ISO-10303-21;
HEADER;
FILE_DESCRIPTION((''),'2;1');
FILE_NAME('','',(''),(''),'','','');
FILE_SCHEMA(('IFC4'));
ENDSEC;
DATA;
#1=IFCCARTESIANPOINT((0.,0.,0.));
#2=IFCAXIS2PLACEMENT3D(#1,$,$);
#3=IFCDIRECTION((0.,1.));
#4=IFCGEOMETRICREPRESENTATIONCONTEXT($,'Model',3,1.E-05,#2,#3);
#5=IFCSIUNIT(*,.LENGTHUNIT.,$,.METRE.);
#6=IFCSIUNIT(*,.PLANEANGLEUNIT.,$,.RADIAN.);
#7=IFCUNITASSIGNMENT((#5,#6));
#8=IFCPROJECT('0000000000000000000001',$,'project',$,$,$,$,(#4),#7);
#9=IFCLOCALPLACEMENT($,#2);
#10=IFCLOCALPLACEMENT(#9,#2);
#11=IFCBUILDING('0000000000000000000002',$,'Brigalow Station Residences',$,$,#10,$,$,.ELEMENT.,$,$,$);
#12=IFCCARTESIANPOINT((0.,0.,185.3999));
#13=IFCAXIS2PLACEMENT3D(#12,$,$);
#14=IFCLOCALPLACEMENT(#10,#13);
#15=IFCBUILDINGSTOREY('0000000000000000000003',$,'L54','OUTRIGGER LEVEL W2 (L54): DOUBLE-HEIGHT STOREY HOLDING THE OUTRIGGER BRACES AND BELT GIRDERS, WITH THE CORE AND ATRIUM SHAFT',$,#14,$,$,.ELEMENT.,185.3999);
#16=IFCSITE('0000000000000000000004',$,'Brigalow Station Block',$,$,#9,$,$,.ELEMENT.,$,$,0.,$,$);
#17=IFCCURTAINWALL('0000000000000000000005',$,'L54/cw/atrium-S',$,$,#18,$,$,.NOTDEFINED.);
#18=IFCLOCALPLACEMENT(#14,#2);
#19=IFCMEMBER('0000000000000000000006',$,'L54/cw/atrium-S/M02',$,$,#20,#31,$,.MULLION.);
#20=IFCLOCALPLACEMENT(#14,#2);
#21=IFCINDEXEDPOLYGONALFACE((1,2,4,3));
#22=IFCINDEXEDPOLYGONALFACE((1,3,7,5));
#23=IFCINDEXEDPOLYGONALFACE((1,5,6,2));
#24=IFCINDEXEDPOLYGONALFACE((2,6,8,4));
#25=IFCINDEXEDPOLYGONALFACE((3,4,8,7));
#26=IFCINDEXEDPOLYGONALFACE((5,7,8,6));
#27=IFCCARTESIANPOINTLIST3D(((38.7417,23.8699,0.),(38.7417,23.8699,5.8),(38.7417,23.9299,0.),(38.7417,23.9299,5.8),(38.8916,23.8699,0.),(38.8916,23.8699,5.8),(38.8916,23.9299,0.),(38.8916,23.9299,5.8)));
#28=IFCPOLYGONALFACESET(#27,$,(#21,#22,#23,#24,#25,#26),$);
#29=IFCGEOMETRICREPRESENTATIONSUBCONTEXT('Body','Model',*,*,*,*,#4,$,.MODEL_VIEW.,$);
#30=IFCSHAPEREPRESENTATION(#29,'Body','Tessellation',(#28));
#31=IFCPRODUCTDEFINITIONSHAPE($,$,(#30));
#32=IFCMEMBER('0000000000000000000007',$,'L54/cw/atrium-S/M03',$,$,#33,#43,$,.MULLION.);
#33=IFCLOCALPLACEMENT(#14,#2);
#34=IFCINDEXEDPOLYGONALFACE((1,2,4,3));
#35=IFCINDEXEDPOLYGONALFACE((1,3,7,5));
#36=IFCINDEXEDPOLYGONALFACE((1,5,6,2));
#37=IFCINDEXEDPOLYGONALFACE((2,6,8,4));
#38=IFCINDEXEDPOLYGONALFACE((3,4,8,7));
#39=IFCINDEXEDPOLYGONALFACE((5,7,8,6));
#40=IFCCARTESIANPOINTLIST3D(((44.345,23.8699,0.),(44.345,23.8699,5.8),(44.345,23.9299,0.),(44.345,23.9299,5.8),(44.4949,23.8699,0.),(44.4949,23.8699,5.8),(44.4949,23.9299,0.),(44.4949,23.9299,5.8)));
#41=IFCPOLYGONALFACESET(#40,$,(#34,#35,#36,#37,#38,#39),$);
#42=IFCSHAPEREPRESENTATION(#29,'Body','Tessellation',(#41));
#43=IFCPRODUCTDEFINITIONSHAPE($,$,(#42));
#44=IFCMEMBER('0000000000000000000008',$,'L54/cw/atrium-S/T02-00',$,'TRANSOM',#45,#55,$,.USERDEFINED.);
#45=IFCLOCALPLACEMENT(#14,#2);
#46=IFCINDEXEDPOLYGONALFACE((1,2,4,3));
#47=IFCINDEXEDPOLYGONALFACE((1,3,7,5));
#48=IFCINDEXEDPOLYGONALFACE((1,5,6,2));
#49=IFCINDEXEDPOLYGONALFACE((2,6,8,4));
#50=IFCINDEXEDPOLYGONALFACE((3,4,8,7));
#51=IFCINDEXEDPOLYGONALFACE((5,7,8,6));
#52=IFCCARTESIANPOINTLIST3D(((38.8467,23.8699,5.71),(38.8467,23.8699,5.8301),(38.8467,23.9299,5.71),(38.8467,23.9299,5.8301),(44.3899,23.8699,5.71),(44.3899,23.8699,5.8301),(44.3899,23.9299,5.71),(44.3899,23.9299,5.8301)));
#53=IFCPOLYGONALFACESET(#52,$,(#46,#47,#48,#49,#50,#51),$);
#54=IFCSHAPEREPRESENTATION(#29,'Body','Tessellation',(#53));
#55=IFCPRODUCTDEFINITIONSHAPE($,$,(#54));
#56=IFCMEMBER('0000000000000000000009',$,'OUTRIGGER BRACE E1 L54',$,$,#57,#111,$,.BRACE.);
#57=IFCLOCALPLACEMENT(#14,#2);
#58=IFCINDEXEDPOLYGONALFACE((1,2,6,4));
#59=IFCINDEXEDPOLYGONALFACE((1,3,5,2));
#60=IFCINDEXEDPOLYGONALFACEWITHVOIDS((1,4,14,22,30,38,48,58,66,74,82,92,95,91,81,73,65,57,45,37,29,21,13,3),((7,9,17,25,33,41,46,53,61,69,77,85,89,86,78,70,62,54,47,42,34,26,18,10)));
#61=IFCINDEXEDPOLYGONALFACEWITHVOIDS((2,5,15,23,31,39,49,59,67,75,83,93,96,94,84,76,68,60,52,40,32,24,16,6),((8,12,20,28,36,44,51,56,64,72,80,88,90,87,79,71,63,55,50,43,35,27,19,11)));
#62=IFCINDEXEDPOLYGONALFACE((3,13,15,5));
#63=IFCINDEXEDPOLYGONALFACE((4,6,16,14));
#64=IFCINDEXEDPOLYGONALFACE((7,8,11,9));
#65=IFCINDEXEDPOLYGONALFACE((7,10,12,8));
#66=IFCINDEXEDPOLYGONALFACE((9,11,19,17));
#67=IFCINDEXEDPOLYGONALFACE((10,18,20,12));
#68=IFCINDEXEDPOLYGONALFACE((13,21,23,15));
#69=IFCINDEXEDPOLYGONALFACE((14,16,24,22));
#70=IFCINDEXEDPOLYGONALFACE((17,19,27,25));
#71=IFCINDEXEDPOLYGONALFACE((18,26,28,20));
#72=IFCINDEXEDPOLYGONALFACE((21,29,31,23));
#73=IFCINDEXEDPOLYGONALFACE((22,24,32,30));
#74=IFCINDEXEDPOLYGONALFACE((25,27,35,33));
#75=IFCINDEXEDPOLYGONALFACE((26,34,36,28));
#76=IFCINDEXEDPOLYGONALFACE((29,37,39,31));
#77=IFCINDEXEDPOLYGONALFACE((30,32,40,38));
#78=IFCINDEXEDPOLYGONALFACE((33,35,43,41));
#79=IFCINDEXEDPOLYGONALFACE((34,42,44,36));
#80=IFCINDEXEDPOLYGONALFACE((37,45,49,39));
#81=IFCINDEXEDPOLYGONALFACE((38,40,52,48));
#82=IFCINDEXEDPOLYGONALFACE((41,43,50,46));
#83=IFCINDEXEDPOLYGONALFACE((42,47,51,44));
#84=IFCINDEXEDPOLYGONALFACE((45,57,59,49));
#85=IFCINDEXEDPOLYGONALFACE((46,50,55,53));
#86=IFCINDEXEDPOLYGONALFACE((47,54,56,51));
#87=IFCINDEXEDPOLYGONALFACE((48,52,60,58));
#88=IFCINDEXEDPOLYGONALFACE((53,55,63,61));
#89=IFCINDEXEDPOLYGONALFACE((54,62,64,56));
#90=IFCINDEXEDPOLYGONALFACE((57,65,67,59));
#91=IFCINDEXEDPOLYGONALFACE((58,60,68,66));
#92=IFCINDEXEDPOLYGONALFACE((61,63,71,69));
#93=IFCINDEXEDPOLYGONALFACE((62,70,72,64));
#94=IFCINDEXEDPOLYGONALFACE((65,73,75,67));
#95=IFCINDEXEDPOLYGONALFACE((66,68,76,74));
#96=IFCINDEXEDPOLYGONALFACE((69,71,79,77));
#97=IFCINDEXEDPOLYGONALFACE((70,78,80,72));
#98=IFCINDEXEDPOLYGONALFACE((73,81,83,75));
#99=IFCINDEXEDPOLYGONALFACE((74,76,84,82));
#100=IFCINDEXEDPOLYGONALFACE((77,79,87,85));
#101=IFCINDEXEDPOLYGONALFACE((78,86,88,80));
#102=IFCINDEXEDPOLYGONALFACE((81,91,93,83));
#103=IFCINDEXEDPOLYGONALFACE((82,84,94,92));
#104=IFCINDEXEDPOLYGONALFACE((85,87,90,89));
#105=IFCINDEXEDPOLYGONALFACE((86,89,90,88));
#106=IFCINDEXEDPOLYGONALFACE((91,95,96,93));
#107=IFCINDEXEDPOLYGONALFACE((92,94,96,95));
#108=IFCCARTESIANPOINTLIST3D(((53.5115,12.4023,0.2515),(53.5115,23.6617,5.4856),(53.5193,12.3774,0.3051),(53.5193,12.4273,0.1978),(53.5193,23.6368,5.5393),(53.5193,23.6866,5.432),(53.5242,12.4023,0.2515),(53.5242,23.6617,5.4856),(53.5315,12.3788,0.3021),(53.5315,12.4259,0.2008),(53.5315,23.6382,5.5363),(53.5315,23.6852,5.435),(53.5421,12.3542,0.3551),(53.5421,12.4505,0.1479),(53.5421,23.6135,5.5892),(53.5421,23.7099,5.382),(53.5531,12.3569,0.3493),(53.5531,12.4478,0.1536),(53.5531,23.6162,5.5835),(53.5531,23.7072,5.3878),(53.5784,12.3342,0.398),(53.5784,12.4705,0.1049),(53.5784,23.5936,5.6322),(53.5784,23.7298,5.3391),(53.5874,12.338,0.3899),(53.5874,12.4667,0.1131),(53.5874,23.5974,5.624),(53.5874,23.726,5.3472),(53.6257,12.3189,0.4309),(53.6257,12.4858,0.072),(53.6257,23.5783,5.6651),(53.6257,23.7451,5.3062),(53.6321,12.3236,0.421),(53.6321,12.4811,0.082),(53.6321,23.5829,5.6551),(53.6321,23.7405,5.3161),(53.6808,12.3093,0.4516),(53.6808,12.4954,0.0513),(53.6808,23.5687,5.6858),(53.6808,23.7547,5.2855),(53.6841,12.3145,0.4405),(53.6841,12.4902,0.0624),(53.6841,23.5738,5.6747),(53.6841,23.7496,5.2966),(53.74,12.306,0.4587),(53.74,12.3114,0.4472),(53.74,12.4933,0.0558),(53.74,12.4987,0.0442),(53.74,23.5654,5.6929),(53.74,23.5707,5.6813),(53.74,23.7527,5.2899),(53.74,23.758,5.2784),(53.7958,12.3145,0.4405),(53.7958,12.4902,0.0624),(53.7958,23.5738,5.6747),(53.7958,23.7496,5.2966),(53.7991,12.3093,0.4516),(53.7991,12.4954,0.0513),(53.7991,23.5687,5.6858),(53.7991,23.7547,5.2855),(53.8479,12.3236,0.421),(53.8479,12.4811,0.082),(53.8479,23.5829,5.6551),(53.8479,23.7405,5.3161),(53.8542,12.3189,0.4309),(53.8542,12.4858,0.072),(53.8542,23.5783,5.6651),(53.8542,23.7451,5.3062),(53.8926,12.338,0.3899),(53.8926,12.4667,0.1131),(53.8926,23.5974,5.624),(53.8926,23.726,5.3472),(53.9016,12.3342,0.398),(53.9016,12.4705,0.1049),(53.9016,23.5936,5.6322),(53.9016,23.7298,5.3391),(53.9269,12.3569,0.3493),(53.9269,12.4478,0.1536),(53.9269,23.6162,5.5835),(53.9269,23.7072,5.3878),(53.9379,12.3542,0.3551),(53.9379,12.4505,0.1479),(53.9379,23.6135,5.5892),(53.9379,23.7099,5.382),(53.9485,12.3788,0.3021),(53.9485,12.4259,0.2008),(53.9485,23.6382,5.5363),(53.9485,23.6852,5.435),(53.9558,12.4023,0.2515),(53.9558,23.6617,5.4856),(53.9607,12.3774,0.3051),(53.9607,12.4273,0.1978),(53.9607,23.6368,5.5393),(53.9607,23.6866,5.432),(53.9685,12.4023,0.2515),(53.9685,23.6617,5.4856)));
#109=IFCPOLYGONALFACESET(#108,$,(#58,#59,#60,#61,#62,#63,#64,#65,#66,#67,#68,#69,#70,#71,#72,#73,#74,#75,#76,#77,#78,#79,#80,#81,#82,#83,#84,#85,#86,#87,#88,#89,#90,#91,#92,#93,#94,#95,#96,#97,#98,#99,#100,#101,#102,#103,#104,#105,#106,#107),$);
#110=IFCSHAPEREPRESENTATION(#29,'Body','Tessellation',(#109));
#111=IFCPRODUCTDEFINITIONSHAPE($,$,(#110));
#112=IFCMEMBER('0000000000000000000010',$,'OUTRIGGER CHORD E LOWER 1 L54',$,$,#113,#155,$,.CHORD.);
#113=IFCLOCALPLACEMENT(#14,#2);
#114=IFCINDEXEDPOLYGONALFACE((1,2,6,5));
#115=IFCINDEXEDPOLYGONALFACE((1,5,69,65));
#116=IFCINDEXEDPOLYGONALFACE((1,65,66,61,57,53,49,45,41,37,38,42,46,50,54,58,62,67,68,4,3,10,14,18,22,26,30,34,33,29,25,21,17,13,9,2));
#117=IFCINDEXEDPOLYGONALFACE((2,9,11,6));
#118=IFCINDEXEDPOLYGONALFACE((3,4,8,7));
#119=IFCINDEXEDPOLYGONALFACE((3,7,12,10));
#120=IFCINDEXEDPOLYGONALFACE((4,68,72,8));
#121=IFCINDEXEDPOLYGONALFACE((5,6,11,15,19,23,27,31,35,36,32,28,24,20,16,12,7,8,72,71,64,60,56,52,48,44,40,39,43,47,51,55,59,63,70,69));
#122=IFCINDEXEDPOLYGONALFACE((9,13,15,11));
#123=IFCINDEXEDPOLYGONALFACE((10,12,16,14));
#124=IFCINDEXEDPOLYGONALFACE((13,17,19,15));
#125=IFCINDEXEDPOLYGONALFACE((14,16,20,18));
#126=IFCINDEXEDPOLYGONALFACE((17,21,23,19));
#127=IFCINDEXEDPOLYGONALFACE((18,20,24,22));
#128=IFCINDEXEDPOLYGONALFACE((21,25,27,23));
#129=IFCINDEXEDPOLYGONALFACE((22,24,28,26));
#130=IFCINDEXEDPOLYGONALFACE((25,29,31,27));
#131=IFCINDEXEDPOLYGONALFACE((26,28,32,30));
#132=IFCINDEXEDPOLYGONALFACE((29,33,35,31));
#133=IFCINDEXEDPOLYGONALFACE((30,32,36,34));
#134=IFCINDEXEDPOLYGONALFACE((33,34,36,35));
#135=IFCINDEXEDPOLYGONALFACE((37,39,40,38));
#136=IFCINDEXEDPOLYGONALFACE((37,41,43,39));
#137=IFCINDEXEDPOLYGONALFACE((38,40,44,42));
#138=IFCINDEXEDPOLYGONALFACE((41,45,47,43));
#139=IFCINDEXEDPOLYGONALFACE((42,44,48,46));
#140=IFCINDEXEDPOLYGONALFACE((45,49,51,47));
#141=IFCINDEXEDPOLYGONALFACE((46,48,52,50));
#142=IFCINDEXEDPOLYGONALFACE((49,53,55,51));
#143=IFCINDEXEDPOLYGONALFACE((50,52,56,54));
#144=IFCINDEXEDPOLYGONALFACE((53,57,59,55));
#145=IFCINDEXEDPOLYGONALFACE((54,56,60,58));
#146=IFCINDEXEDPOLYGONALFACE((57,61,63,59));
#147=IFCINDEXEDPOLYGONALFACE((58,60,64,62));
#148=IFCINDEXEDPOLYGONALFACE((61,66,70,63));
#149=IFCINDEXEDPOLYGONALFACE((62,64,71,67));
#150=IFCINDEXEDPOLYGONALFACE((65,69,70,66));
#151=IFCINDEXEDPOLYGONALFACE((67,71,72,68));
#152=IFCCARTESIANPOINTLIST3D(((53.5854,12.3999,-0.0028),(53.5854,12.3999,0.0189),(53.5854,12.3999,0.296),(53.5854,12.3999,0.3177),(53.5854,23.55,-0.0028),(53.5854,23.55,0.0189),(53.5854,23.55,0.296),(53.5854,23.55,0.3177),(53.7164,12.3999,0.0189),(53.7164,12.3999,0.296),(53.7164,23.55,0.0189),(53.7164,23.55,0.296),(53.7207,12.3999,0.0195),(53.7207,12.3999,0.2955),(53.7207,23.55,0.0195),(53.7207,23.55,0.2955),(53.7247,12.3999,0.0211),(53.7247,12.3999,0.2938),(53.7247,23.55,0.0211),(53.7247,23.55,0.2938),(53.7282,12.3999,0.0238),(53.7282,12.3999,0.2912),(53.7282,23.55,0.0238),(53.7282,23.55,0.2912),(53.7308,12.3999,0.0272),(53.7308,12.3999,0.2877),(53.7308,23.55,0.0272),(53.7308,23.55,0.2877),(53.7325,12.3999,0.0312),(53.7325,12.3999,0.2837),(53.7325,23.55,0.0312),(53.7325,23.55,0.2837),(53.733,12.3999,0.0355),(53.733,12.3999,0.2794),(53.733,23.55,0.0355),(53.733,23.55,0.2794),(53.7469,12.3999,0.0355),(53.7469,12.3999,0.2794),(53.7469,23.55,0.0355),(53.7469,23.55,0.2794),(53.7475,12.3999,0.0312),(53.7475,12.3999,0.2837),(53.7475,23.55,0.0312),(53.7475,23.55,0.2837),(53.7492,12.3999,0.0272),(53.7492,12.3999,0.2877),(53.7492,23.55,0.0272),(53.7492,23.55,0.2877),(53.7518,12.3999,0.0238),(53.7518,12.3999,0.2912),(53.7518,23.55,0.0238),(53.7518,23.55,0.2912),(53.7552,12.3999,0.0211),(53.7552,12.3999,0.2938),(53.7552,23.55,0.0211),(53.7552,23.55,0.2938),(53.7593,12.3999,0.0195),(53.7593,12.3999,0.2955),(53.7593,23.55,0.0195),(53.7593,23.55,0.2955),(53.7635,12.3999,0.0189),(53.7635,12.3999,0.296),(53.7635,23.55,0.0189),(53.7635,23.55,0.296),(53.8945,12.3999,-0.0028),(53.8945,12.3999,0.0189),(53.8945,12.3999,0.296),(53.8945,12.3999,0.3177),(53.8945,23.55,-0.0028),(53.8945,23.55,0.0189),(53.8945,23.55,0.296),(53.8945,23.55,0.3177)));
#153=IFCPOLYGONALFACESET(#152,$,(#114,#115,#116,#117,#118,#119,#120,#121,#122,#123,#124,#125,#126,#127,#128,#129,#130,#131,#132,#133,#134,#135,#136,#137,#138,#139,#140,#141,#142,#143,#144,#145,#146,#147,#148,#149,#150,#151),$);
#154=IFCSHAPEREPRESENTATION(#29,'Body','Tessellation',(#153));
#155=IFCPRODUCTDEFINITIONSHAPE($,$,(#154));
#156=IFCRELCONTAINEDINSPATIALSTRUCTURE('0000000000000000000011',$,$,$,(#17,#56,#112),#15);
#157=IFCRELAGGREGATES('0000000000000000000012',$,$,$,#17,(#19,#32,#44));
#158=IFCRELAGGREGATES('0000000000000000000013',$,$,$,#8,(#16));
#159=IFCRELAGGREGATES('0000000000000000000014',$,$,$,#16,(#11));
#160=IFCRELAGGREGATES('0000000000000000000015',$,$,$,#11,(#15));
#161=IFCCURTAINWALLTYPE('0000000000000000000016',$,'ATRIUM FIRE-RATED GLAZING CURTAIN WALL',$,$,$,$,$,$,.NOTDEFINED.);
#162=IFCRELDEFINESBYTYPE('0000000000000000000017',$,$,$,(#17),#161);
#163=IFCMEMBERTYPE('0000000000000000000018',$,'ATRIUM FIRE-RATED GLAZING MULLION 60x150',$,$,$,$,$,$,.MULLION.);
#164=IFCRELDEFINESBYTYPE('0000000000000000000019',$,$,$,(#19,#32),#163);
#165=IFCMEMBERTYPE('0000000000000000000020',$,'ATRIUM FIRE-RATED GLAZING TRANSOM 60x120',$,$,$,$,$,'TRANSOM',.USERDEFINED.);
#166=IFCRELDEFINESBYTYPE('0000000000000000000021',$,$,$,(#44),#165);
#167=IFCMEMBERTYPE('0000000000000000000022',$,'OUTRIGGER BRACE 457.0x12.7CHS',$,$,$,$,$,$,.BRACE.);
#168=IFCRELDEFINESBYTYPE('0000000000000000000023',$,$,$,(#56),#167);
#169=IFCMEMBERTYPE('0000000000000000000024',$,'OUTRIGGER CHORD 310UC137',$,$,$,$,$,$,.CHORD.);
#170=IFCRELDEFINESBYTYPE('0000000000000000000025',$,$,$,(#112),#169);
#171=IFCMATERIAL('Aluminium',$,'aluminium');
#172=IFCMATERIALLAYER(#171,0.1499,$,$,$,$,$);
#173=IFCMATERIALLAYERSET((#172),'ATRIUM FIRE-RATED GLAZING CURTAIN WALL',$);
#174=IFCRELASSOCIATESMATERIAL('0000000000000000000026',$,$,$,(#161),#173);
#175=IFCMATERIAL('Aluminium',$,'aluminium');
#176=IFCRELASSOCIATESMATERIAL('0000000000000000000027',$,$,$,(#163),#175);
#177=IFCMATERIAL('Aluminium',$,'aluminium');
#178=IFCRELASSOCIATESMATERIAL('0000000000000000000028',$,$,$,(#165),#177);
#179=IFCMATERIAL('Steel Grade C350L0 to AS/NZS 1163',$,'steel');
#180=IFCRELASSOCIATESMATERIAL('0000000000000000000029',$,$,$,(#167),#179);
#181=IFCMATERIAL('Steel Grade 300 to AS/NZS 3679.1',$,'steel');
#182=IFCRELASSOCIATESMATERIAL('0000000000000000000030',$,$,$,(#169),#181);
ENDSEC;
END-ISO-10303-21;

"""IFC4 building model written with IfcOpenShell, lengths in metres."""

from ifc_helpers import new_model, si_unit, direction, frame, origin, origin_2d, place, context, subcontext, project, spatial, rectangle, hollow_circle, i_section, extrude, material, layer, layer_set, material_profile, profile_set, type_object, element, aggregate, save


model = new_model("IFC4")

# Units and contexts
model_context = context("Model", 3, precision=1e-05, world=origin(), true_north=direction((0.0, 1.0)))
body_context = subcontext(model_context, "Body", "Model", "MODEL_VIEW")
ifc_project = project(units=[si_unit("LENGTHUNIT", "METRE"), si_unit("PLANEANGLEUNIT", "RADIAN")], contexts=[model_context])

# Site, building, storey
site_placement = place(None, origin())
site = spatial("IfcSite", under=ifc_project, at=site_placement, Name="Brigalow Station Block", CompositionType="ELEMENT", RefElevation=0.0)
building_placement = place(site_placement, origin())
building = spatial("IfcBuilding", under=site, at=building_placement, Name="Brigalow Station Residences", CompositionType="ELEMENT")
storey_placement = place(building_placement, frame((0.0, 0.0, 185.3999)))
storey = spatial("IfcBuildingStorey", under=building, at=storey_placement, Name="L54", Description="OUTRIGGER LEVEL W2 (L54): DOUBLE-HEIGHT STOREY HOLDING THE OUTRIGGER BRACES AND BELT GIRDERS, WITH THE CORE AND ATRIUM SHAFT", CompositionType="ELEMENT", Elevation=185.3999)

# Curtain wall, members
ifc_material_1 = material(Name="Aluminium", Category="aluminium")
ifc_layer_1 = layer(ifc_material_1, 0.1499)
ifc_layer_set_1 = layer_set([ifc_layer_1], Name="ATRIUM FIRE-RATED GLAZING CURTAIN WALL")
curtain_wall_type = type_object("IfcCurtainWallType", Name="ATRIUM FIRE-RATED GLAZING CURTAIN WALL", PredefinedType="NOTDEFINED", material=ifc_layer_set_1)
curtain_wall_placement = place(storey_placement, origin())
curtain_wall = element("IfcCurtainWall", 1, at=curtain_wall_placement, inside=storey, type_object=curtain_wall_type, Name="L54/cw/atrium-S", PredefinedType="NOTDEFINED")
ifc_material_2 = material(Name="Aluminium", Category="aluminium")
ifc_material_profile_1 = material_profile(ifc_material_2, rectangle(XDim=0.0601, YDim=0.1499, at=origin_2d()), Name="ATRIUM FIRE-RATED GLAZING MULLION 60x150")
ifc_profile_set_1 = profile_set([ifc_material_profile_1], Name="Aluminium")
member_type_1 = type_object("IfcMemberType", Name="ATRIUM FIRE-RATED GLAZING MULLION 60x150", PredefinedType="MULLION", material=ifc_profile_set_1)
member_1_placement = place(storey_placement, frame((38.8167, 23.8999, 0.0), z_axis=(0.0, 0.0, 1.0), x_axis=(0.0, 1.0, 0.0)))
member_1 = element("IfcMember", 2, at=member_1_placement, type_object=member_type_1, Name="L54/cw/atrium-S/M02", PredefinedType="MULLION", context=body_context, shape_type="SweptSolid", body=[
    extrude(rectangle(XDim=0.0601, YDim=0.1499, at=origin_2d()), origin(), (0.0, 0.0, 1.0), 5.8),
])
member_2_placement = place(storey_placement, frame((44.4199, 23.8999, 0.0), z_axis=(0.0, 0.0, 1.0), x_axis=(0.0, 1.0, 0.0)))
member_2 = element("IfcMember", 3, at=member_2_placement, type_object=member_type_1, Name="L54/cw/atrium-S/M03", PredefinedType="MULLION", context=body_context, shape_type="SweptSolid", body=[
    extrude(rectangle(XDim=0.0601, YDim=0.1499, at=origin_2d()), origin(), (0.0, 0.0, 1.0), 5.8),
])
ifc_material_3 = material(Name="Aluminium", Category="aluminium")
ifc_material_profile_2 = material_profile(ifc_material_3, rectangle(XDim=0.0601, YDim=0.1201, at=origin_2d()), Name="ATRIUM FIRE-RATED GLAZING TRANSOM 60x120")
ifc_profile_set_2 = profile_set([ifc_material_profile_2], Name="Aluminium")
member_type_2 = type_object("IfcMemberType", Name="ATRIUM FIRE-RATED GLAZING TRANSOM 60x120", ElementType="TRANSOM", PredefinedType="USERDEFINED", material=ifc_profile_set_2)
member_3_placement = place(storey_placement, frame((38.8467, 23.8999, 5.77), z_axis=(1.0, 0.0, 0.0), x_axis=(0.0, 1.0, 0.0)))
member_3 = element("IfcMember", 4, at=member_3_placement, type_object=member_type_2, Name="L54/cw/atrium-S/T02-00", ObjectType="TRANSOM", PredefinedType="USERDEFINED", context=body_context, shape_type="SweptSolid", body=[
    extrude(rectangle(XDim=0.0601, YDim=0.1201, at=origin_2d()), origin(), (0.0, 0.0, 1.0), 5.5432),
])

# Members
ifc_material_4 = material(Name="Steel Grade C350L0 to AS/NZS 1163", Category="steel")
ifc_material_profile_3 = material_profile(ifc_material_4, hollow_circle(Radius=0.2285, WallThickness=0.0127, at=origin_2d()), Name="457.0x12.7CHS")
ifc_profile_set_3 = profile_set([ifc_material_profile_3], Name="Steel Grade C350L0 to AS/NZS 1163")
member_type_3 = type_object("IfcMemberType", Name="OUTRIGGER BRACE 457.0x12.7CHS", PredefinedType="BRACE", material=ifc_profile_set_3)
member_4_placement = place(storey_placement, frame((53.74, 12.4023, 0.2515), z_axis=(0.0, 0.906806, 0.421549), x_axis=(-1.0, 0.0, 0.0)))
element("IfcMember", 5, at=member_4_placement, inside=storey, type_object=member_type_3, Name="OUTRIGGER BRACE E1 L54", PredefinedType="BRACE", context=body_context, shape_type="SweptSolid", body=[
    extrude(hollow_circle(Radius=0.2285, WallThickness=0.0127, at=origin_2d()), origin(), (0.0, 0.0, 1.0), 12.4165),
])
ifc_material_5 = material(Name="Steel Grade 300 to AS/NZS 3679.1", Category="steel")
ifc_material_profile_4 = material_profile(ifc_material_5, i_section(OverallWidth=0.3091, OverallDepth=0.3206, WebThickness=0.0139, FlangeThickness=0.0217, FilletRadius=0.0166, at=origin_2d()), Name="310UC137")
ifc_profile_set_4 = profile_set([ifc_material_profile_4], Name="Steel Grade 300 to AS/NZS 3679.1")
member_type_4 = type_object("IfcMemberType", Name="OUTRIGGER CHORD 310UC137", PredefinedType="CHORD", material=ifc_profile_set_4)
for number, where, z_axis, x_axis, name in (
    (6, (53.74, 12.3999, 0.1575), (0.0, 1.0, 0.0), (-1.0, 0.0, 0.0), "OUTRIGGER CHORD E LOWER 1 L54"),
):
    element("IfcMember", number, at=place(storey_placement, frame(where, z_axis=z_axis, x_axis=x_axis)), inside=storey, type_object=member_type_4, Name=name, PredefinedType="CHORD", context=body_context, shape_type="SweptSolid", body=[
        extrude(i_section(OverallWidth=0.3091, OverallDepth=0.3206, WebThickness=0.0139, FlangeThickness=0.0217, FilletRadius=0.0166, at=origin_2d()), origin(), (0.0, 0.0, 1.0), 11.1501),
    ])

aggregate(curtain_wall, [member_1, member_2, member_3])

save(model, "model.ifc")
